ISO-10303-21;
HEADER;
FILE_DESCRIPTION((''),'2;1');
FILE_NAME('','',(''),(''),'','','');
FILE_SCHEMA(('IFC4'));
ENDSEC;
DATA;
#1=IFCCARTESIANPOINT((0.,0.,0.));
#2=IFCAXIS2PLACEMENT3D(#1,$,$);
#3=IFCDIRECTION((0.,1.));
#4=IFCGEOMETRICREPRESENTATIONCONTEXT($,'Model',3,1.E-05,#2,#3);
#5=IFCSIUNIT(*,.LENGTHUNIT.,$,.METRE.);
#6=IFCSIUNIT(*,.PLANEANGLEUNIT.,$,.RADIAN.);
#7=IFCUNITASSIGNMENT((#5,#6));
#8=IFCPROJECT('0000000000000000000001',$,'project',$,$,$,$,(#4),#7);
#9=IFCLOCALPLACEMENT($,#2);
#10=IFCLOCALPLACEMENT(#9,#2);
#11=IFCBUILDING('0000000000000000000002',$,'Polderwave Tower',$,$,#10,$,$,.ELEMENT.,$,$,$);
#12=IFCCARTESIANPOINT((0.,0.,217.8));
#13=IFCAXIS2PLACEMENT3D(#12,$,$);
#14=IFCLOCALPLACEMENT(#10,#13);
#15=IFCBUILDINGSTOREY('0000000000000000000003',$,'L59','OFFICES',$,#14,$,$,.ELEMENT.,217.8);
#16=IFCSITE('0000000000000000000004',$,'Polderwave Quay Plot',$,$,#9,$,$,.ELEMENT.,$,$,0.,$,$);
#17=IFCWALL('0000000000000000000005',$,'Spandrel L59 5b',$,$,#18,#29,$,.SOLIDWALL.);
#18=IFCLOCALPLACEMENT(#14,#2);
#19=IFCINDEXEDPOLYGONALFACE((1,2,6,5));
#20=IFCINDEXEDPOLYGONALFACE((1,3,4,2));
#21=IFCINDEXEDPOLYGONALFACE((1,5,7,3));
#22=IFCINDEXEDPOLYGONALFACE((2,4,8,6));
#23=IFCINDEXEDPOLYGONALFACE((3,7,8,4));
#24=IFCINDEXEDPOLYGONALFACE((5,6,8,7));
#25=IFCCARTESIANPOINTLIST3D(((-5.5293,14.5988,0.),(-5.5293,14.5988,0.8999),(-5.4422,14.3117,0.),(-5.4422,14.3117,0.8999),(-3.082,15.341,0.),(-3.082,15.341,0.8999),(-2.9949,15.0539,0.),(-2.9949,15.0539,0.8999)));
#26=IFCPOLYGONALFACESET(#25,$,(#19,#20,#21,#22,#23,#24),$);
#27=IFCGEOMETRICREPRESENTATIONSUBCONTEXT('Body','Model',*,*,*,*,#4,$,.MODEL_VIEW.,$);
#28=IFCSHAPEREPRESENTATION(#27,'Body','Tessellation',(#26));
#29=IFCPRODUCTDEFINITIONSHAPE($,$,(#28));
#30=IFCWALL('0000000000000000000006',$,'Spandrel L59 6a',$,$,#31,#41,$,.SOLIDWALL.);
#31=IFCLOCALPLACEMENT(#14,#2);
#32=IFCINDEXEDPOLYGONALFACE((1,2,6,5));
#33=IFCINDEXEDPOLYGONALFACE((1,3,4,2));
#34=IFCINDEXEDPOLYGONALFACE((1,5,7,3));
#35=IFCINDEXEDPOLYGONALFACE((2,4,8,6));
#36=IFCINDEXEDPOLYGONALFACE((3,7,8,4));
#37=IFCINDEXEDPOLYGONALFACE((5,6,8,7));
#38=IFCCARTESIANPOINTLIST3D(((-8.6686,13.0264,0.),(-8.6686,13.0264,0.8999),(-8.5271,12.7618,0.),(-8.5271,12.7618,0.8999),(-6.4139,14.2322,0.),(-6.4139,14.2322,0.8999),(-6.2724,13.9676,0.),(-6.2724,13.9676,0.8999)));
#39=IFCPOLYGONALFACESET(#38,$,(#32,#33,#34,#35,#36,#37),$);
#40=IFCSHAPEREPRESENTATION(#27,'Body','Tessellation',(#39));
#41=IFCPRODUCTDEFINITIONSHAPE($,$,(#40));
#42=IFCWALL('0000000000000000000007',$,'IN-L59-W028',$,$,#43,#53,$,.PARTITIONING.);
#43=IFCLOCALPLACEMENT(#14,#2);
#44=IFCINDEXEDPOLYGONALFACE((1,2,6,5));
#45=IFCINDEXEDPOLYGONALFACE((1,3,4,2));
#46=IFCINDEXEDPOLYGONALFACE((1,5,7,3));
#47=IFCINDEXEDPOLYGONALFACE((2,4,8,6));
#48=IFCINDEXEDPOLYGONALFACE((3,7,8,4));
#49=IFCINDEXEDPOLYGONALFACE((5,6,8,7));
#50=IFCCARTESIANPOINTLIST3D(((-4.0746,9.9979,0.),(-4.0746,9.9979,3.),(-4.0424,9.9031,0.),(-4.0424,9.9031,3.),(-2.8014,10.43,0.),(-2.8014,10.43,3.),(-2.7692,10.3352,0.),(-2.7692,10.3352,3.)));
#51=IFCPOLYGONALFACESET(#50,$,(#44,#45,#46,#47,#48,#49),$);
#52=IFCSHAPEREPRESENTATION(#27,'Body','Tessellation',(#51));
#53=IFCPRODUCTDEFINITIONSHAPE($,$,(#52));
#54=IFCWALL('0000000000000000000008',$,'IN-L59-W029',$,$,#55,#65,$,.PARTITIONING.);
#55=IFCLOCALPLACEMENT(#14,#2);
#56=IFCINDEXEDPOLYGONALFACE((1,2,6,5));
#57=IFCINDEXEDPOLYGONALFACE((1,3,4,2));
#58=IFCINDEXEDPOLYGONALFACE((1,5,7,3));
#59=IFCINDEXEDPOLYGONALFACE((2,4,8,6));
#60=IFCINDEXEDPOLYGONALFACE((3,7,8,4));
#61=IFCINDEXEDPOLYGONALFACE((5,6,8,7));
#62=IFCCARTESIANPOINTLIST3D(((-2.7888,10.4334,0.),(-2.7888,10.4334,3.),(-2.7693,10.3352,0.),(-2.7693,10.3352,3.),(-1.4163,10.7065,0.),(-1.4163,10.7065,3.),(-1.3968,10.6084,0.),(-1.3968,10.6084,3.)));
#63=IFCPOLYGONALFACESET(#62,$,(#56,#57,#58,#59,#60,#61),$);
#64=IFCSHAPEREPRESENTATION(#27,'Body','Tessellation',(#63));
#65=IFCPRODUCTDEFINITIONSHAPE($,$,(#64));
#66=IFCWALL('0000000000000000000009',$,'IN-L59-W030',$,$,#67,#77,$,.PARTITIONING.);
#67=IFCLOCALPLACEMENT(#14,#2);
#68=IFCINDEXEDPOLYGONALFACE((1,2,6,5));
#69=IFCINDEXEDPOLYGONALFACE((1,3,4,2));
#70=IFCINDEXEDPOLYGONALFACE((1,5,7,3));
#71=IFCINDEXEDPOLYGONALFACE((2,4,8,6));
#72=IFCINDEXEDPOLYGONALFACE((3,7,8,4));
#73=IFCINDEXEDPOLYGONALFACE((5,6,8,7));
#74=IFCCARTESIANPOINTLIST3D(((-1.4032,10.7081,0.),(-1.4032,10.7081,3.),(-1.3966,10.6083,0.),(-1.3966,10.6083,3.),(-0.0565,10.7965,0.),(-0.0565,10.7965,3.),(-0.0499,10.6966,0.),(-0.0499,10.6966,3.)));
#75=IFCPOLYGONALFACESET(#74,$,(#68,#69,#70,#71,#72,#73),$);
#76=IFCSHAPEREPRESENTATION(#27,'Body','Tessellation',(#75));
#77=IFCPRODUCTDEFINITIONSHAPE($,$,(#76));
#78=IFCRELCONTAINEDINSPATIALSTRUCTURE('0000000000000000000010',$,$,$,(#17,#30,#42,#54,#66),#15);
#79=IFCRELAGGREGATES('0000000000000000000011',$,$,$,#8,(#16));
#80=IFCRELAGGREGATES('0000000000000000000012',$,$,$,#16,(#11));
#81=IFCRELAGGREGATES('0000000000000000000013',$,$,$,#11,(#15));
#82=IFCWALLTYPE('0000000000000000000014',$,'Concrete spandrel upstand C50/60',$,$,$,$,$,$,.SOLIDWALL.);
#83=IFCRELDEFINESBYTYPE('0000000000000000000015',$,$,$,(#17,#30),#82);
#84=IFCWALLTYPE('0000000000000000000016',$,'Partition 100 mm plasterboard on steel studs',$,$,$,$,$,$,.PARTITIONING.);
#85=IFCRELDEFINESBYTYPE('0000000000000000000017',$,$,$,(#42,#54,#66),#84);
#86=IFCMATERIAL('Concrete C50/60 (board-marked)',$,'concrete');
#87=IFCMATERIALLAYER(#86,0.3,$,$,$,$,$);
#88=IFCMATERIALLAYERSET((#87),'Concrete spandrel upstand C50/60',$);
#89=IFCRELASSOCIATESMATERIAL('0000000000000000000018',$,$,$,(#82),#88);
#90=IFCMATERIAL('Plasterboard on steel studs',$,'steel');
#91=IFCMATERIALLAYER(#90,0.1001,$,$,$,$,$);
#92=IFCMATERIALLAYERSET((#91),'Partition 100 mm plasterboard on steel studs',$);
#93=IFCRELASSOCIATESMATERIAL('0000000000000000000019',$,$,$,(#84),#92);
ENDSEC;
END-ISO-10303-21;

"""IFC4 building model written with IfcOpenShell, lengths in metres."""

from ifc_helpers import new_model, si_unit, direction, frame, frame_2d, origin, place, context, subcontext, project, spatial, rectangle, extrude, material, layer, layer_set, type_object, element, save


model = new_model("IFC4")

# Units and contexts
model_context = context("Model", 3, precision=1e-05, world=origin(), true_north=direction((0.0, 1.0)))
body_context = subcontext(model_context, "Body", "Model", "MODEL_VIEW")
ifc_project = project(units=[si_unit("LENGTHUNIT", "METRE"), si_unit("PLANEANGLEUNIT", "RADIAN")], contexts=[model_context])

# Site, building, storey
site_placement = place(None, origin())
site = spatial("IfcSite", under=ifc_project, at=site_placement, Name="Polderwave Quay Plot", CompositionType="ELEMENT", RefElevation=0.0)
building_placement = place(site_placement, origin())
building = spatial("IfcBuilding", under=site, at=building_placement, Name="Polderwave Tower", CompositionType="ELEMENT")
storey_placement = place(building_placement, frame((0.0, 0.0, 217.8)))
storey = spatial("IfcBuildingStorey", under=building, at=storey_placement, Name="L59", Description="OFFICES", CompositionType="ELEMENT", Elevation=217.8)

# Walls
ifc_material_1 = material(Name="Concrete C50/60 (board-marked)", Category="concrete")
ifc_layer_1 = layer(ifc_material_1, 0.3)
ifc_layer_set_1 = layer_set([ifc_layer_1], Name="Concrete spandrel upstand C50/60")
wall_type_1 = type_object("IfcWallType", Name="Concrete spandrel upstand C50/60", PredefinedType="SOLIDWALL", material=ifc_layer_set_1)
wall_1_placement = place(storey_placement, frame((-3.0383, 15.1975, 0.0), z_axis=(0.0, 0.0, 1.0), x_axis=(-0.95696, -0.290219, 0.0)))
element("IfcWall", 1, at=wall_1_placement, inside=storey, type_object=wall_type_1, Name="Spandrel L59 5b", PredefinedType="SOLIDWALL", context=body_context, shape_type="SweptSolid", body=[
    extrude(rectangle(XDim=2.5574, YDim=0.3, at=frame_2d((1.2788, 0.0))), origin(), (0.0, 0.0, 1.0), 0.8999),
])
wall_2_placement = place(storey_placement, frame((-6.3433, 14.0999, 0.0), z_axis=(0.0, 0.0, 1.0), x_axis=(-0.88181, -0.471604, 0.0)))
element("IfcWall", 2, at=wall_2_placement, inside=storey, type_object=wall_type_1, Name="Spandrel L59 6a", PredefinedType="SOLIDWALL", context=body_context, shape_type="SweptSolid", body=[
    extrude(rectangle(XDim=2.5569, YDim=0.3, at=frame_2d((1.2783, 0.0))), origin(), (0.0, 0.0, 1.0), 0.8999),
])
ifc_material_2 = material(Name="Plasterboard on steel studs", Category="steel")
ifc_layer_2 = layer(ifc_material_2, 0.1001)
ifc_layer_set_2 = layer_set([ifc_layer_2], Name="Partition 100 mm plasterboard on steel studs")
wall_type_2 = type_object("IfcWallType", Name="Partition 100 mm plasterboard on steel studs", PredefinedType="PARTITIONING", material=ifc_layer_set_2)
wall_3_placement = place(storey_placement, frame((-4.0586, 9.9504, 0.0), z_axis=(0.0, 0.0, 1.0), x_axis=(0.946944, 0.321398, 0.0)))
element("IfcWall", 3, at=wall_3_placement, inside=storey, type_object=wall_type_2, Name="IN-L59-W028", PredefinedType="PARTITIONING", context=body_context, shape_type="SweptSolid", body=[
    extrude(rectangle(XDim=1.3445, YDim=0.1001, at=frame_2d((0.6724, 0.0))), origin(), (0.0, 0.0, 1.0), 3.0),
])
wall_4_placement = place(storey_placement, frame((-2.7791, 10.3843, 0.0), z_axis=(0.0, 0.0, 1.0), x_axis=(0.980761, 0.19521, 0.0)))
element("IfcWall", 4, at=wall_4_placement, inside=storey, type_object=wall_type_2, Name="IN-L59-W029", PredefinedType="PARTITIONING", context=body_context, shape_type="SweptSolid", body=[
    extrude(rectangle(XDim=1.3994, YDim=0.1001, at=frame_2d((0.6997, 0.0))), origin(), (0.0, 0.0, 1.0), 3.0),
])
wall_5_placement = place(storey_placement, frame((-1.3999, 10.6582, 0.0), z_axis=(0.0, 0.0, 1.0), x_axis=(0.997853, 0.065486, 0.0)))
element("IfcWall", 5, at=wall_5_placement, inside=storey, type_object=wall_type_2, Name="IN-L59-W030", PredefinedType="PARTITIONING", context=body_context, shape_type="SweptSolid", body=[
    extrude(rectangle(XDim=1.3496, YDim=0.1001, at=frame_2d((0.6748, 0.0))), origin(), (0.0, 0.0, 1.0), 3.0),
])

save(model, "model.ifc")
